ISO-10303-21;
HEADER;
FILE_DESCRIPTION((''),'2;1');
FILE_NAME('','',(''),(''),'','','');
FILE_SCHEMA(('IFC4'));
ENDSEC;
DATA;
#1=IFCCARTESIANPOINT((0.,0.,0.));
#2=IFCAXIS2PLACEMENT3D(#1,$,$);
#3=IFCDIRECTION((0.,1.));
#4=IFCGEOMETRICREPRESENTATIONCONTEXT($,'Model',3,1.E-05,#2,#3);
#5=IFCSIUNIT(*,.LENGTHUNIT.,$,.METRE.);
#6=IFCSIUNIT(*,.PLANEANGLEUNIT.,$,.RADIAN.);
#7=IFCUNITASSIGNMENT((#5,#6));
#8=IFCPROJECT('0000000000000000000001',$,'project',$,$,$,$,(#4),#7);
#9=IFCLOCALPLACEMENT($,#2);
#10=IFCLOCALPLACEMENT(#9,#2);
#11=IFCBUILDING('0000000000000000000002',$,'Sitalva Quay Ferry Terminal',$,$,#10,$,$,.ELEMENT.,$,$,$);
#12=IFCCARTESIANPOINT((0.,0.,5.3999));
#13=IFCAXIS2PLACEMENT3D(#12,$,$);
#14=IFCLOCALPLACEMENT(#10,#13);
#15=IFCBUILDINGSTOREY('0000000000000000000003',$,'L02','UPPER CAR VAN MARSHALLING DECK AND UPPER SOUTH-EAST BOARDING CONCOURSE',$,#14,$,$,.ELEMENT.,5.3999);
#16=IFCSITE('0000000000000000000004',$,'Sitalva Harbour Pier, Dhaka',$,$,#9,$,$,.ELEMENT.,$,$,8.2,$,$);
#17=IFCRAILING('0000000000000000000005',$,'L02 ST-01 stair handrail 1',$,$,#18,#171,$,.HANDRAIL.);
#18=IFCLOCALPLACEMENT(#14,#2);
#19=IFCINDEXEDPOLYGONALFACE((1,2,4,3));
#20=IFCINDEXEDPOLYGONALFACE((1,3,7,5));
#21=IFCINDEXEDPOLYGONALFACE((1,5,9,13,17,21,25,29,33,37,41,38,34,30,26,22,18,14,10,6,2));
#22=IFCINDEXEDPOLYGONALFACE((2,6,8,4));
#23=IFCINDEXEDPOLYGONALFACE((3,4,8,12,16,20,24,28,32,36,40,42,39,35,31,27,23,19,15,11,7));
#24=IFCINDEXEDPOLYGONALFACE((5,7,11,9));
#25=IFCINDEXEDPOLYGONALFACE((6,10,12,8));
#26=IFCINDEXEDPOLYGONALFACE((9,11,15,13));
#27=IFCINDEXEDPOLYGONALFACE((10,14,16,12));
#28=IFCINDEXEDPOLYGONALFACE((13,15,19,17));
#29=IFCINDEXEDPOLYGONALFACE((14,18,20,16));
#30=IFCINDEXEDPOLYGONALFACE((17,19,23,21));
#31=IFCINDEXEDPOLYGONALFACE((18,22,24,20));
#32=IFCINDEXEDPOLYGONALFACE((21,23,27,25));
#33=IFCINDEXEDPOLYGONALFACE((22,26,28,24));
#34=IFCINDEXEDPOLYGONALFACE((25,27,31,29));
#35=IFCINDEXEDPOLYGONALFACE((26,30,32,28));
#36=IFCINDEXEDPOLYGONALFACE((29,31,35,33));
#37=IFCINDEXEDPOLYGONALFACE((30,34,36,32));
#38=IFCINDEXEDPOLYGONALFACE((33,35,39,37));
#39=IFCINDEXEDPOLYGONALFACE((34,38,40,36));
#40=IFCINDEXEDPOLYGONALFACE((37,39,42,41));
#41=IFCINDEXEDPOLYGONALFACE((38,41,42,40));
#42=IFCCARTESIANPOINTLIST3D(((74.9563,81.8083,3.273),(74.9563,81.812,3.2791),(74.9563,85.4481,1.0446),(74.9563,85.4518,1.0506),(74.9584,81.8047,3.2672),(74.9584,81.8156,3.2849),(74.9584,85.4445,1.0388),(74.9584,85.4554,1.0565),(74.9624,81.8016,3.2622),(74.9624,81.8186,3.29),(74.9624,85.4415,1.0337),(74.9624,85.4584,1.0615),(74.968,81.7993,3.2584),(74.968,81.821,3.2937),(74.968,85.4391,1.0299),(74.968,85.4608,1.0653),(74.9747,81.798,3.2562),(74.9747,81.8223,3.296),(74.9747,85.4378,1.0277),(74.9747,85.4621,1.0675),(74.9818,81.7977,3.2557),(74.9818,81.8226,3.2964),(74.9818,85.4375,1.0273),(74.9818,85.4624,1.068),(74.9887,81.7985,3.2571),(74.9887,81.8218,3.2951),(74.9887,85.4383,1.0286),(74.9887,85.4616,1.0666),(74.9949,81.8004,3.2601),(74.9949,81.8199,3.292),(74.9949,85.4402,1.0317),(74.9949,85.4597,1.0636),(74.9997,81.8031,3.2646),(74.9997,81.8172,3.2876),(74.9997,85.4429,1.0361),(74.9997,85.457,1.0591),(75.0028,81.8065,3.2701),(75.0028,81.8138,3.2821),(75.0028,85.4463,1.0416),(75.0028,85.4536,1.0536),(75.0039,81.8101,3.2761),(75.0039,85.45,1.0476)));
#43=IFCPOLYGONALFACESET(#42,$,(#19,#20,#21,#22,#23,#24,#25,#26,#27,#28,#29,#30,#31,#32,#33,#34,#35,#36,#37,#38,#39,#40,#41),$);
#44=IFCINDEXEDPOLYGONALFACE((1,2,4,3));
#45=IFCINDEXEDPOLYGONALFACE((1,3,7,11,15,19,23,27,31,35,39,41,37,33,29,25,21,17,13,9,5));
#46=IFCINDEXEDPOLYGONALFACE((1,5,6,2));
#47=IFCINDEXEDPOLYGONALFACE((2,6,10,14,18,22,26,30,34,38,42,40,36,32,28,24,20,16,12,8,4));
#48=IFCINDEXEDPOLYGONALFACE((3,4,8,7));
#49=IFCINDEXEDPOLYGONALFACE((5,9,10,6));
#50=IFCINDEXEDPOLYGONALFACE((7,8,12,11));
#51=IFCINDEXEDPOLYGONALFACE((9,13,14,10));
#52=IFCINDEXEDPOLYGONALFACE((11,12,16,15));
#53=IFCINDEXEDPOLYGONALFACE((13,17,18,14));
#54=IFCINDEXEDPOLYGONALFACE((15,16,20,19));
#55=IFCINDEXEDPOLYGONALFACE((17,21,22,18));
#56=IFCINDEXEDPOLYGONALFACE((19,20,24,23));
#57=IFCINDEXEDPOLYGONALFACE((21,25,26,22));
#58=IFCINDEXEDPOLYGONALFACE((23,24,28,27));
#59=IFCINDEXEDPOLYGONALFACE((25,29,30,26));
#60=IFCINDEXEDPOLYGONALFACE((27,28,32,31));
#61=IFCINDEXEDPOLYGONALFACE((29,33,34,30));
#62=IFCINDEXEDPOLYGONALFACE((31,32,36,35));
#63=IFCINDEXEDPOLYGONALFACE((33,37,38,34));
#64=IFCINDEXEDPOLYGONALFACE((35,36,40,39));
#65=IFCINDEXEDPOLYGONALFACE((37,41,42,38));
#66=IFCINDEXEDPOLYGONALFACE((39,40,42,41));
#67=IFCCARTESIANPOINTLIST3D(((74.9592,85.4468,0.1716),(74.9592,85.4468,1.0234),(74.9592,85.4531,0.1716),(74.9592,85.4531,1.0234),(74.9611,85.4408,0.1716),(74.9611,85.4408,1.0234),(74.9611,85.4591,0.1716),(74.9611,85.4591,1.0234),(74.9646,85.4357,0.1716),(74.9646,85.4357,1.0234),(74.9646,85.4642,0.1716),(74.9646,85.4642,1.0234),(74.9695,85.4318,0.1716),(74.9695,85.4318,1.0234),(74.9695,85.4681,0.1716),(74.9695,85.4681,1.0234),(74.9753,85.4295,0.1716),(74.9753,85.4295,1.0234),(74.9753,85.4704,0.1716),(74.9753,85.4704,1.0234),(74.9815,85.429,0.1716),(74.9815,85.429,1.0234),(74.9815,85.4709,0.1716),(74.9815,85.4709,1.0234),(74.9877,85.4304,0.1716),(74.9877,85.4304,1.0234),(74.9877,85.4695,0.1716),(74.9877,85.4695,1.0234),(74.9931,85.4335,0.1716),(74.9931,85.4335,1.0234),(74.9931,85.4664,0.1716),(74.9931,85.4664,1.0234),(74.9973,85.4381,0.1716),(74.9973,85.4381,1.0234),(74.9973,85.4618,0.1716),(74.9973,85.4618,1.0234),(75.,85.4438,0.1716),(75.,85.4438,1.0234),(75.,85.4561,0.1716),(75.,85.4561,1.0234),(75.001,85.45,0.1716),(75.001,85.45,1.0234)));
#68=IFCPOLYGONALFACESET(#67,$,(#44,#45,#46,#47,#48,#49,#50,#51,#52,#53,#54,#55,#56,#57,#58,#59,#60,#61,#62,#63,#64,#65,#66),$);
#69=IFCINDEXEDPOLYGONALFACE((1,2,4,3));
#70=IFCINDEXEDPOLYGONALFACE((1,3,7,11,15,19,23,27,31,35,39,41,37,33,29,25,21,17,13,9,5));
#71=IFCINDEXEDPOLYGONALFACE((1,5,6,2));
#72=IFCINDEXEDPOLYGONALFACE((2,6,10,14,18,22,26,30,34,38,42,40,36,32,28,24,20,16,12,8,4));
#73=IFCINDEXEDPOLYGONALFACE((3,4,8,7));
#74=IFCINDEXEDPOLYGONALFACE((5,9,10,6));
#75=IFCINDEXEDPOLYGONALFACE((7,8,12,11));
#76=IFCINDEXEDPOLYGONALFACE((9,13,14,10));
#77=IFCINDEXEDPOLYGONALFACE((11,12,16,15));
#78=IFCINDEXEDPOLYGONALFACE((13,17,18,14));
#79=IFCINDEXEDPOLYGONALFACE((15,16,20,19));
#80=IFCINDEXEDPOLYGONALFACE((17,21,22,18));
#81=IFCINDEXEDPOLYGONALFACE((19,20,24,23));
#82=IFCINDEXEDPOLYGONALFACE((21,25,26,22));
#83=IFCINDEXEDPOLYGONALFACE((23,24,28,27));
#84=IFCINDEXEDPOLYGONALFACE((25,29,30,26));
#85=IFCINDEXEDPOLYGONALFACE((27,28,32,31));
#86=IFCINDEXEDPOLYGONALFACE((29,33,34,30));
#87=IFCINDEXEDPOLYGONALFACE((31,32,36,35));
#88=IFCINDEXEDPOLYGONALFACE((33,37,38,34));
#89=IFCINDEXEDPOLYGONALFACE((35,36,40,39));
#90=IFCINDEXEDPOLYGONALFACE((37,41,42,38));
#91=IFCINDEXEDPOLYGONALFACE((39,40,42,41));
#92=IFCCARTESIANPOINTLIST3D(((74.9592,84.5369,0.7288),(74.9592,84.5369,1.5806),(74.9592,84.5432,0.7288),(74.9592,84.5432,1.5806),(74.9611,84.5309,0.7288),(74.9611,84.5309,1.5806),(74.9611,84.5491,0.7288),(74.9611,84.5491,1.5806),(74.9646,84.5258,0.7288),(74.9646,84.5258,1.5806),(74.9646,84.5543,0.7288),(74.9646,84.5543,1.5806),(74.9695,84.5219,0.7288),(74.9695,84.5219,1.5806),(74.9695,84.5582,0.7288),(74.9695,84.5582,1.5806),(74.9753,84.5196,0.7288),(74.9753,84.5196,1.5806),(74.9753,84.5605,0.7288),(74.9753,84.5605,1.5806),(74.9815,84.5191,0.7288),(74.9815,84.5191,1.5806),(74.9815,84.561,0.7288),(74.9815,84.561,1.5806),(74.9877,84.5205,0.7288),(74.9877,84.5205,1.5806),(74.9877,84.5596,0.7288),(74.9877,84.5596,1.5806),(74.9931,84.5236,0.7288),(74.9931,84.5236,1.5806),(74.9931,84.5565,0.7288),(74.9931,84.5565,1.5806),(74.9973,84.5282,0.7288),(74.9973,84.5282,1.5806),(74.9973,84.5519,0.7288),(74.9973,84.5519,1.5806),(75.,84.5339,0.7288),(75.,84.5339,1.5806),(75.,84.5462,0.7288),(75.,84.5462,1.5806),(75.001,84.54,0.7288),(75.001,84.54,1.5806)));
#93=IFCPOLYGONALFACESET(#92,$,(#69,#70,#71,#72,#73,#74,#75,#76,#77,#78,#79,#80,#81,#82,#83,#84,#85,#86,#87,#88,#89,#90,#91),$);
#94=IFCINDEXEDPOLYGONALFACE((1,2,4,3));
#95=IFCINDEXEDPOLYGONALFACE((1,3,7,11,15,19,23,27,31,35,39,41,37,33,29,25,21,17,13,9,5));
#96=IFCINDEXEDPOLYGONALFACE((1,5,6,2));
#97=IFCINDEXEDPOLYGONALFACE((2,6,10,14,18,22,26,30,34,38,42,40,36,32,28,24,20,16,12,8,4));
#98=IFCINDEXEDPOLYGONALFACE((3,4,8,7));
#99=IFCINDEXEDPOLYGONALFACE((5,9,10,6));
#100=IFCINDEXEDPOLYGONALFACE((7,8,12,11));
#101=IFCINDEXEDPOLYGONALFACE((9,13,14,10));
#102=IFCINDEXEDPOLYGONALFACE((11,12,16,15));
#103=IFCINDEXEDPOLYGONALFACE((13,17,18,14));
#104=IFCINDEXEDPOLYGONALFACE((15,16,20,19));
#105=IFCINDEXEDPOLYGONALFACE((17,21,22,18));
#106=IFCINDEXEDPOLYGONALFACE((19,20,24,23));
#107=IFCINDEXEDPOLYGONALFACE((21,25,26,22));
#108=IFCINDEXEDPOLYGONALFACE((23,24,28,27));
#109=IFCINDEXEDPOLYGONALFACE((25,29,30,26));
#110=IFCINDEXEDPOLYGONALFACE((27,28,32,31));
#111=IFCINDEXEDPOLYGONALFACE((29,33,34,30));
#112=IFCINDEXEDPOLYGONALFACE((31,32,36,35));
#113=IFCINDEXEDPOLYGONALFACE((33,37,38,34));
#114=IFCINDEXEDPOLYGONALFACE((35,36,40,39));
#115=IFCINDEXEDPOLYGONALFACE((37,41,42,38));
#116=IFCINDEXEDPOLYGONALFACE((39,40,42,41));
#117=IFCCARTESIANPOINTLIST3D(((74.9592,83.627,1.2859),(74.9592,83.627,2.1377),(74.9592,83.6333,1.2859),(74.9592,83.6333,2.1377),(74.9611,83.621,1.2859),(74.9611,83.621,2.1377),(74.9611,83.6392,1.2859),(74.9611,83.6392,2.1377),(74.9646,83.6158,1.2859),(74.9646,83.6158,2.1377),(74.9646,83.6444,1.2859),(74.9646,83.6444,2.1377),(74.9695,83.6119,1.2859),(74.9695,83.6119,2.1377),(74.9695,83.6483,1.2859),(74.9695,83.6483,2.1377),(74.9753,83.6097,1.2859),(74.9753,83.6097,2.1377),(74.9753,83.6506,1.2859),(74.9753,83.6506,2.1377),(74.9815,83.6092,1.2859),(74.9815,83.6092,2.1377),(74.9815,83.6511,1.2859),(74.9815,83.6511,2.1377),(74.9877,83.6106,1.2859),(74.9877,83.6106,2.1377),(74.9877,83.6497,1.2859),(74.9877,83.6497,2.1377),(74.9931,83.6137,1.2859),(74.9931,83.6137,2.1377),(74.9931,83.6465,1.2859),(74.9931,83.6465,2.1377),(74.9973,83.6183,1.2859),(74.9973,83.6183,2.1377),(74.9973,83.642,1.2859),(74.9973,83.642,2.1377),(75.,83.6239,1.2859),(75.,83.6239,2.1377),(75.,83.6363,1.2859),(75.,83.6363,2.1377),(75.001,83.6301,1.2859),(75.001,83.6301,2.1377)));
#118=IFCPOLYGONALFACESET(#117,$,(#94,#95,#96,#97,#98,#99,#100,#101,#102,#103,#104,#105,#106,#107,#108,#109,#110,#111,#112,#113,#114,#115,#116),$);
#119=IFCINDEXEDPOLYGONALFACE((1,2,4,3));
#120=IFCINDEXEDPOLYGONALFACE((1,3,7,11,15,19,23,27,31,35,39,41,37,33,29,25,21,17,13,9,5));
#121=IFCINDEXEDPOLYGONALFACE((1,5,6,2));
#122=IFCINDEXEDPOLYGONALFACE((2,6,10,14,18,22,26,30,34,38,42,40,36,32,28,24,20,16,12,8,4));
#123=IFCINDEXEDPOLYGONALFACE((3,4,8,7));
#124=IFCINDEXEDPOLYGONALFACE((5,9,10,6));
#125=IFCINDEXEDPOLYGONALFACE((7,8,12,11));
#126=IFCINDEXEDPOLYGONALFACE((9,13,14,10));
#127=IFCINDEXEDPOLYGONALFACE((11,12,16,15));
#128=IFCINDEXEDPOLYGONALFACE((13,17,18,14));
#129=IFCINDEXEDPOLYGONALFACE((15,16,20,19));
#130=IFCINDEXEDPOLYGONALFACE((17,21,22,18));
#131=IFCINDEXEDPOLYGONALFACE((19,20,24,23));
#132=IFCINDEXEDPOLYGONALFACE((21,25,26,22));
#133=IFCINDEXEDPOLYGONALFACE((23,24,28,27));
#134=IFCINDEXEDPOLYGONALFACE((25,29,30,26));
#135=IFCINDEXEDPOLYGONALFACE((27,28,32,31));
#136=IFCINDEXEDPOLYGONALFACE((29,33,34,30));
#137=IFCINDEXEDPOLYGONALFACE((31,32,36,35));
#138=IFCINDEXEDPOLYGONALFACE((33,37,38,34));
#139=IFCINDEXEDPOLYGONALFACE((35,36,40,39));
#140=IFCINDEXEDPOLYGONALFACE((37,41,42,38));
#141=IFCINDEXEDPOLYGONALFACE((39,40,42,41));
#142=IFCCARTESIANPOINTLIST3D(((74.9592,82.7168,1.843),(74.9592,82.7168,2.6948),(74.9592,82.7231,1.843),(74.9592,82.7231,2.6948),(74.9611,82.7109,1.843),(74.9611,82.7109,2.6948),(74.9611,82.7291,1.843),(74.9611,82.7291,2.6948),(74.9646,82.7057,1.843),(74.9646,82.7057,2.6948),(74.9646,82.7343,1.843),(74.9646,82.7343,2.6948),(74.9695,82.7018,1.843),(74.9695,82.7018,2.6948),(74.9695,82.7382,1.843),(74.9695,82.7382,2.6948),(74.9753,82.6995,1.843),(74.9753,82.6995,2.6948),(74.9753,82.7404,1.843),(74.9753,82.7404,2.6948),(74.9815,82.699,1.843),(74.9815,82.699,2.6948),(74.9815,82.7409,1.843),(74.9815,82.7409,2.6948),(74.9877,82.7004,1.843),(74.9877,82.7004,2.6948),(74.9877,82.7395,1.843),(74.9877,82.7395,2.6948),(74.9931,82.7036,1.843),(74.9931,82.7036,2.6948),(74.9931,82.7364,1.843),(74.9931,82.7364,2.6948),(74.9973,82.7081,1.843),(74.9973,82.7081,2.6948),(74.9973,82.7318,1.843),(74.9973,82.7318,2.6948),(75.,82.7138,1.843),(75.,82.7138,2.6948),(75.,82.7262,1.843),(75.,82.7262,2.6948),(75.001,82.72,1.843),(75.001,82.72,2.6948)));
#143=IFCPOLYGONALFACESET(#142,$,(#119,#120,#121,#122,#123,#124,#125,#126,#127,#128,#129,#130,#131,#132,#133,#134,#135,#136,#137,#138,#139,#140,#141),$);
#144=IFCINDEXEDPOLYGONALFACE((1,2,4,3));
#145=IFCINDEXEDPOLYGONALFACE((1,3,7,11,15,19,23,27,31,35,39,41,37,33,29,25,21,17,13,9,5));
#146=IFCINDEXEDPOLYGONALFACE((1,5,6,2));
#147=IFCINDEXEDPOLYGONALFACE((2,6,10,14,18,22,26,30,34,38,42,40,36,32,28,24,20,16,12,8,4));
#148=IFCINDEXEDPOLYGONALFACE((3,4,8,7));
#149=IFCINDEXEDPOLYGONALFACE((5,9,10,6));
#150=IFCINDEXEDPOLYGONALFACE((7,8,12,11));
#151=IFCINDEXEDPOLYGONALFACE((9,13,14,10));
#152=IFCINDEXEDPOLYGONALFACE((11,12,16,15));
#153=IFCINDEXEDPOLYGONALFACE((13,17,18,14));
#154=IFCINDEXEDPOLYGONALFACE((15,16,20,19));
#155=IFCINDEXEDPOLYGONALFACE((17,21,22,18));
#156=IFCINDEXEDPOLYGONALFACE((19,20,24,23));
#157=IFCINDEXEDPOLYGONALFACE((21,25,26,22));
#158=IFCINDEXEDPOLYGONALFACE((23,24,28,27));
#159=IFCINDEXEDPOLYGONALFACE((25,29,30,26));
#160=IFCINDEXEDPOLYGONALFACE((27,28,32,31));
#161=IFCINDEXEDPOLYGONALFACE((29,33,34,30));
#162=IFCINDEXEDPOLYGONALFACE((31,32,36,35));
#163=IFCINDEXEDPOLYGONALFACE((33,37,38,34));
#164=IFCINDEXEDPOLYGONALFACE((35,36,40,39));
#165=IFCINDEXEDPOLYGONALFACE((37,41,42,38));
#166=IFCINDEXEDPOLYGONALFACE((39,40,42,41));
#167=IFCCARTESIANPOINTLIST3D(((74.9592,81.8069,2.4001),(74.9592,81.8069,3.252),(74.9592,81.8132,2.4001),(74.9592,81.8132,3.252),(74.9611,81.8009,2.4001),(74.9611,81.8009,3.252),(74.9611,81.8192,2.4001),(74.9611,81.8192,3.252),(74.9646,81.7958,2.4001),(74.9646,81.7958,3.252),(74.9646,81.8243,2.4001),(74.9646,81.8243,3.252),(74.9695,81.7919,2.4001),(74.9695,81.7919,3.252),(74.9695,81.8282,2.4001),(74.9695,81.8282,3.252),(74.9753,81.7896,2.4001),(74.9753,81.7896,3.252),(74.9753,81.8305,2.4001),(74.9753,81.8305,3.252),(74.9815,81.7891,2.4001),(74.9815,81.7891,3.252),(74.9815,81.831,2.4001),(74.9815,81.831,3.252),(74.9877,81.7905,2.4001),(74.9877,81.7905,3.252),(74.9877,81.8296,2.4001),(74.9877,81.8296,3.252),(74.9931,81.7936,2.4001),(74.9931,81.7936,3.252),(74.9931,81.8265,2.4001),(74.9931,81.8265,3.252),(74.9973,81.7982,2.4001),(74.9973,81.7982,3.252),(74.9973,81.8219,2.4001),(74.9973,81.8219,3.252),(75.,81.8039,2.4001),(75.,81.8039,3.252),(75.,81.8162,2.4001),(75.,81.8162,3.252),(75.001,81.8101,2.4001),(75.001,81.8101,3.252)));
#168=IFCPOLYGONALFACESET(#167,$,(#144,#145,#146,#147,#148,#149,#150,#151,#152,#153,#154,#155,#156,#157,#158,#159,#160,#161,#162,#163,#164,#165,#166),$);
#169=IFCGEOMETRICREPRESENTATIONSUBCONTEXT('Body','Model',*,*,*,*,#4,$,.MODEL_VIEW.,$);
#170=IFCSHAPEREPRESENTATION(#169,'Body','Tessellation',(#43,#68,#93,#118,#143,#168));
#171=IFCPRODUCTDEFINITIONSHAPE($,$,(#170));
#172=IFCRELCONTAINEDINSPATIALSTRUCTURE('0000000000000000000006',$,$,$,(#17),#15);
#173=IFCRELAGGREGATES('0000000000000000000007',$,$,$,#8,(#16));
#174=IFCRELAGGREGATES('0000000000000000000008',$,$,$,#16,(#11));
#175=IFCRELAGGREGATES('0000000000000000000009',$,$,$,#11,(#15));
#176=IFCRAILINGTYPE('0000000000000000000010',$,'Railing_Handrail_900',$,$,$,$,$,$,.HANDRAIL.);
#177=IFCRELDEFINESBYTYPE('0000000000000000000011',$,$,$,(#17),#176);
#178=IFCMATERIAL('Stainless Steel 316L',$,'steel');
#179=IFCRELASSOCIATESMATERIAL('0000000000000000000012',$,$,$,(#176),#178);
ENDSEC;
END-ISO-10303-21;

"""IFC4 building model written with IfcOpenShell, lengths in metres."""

from ifc_helpers import new_model, si_unit, direction, frame, origin, origin_2d, place, context, subcontext, project, spatial, circle, extrude, material, type_object, element, save


model = new_model("IFC4")

# Units and contexts
model_context = context("Model", 3, precision=1e-05, world=origin(), true_north=direction((0.0, 1.0)))
body_context = subcontext(model_context, "Body", "Model", "MODEL_VIEW")
ifc_project = project(units=[si_unit("LENGTHUNIT", "METRE"), si_unit("PLANEANGLEUNIT", "RADIAN")], contexts=[model_context])

# Site, building, storey
site_placement = place(None, origin())
site = spatial("IfcSite", under=ifc_project, at=site_placement, Name="Sitalva Harbour Pier, Dhaka", CompositionType="ELEMENT", RefElevation=8.2)
building_placement = place(site_placement, origin())
building = spatial("IfcBuilding", under=site, at=building_placement, Name="Sitalva Quay Ferry Terminal", CompositionType="ELEMENT")
storey_placement = place(building_placement, frame((0.0, 0.0, 5.3999)))
storey = spatial("IfcBuildingStorey", under=building, at=storey_placement, Name="L02", Description="UPPER CAR VAN MARSHALLING DECK AND UPPER SOUTH-EAST BOARDING CONCOURSE", CompositionType="ELEMENT", Elevation=5.3999)

# Railing
ifc_material_1 = material(Name="Stainless Steel 316L", Category="steel")
railing_type_1 = type_object("IfcRailingType", Name="Railing_Handrail_900", PredefinedType="HANDRAIL", material=ifc_material_1)
railing_1_placement = place(storey_placement, frame((74.98, 85.45, 0.1716)))
element("IfcRailing", 1, at=railing_1_placement, inside=storey, type_object=railing_type_1, Name="L02 ST-01 stair handrail 1", PredefinedType="HANDRAIL", context=body_context, shape_type="SweptSolid", body=[
    extrude(circle(Radius=0.0239, at=origin_2d()), frame((0.0, 0.0, 0.876), z_axis=(0.0, -0.85285, 0.522156), x_axis=(1.0, 0.0, 0.0)), (0.0, 0.0, 1.0), 4.2678),
    extrude(circle(Radius=0.021, at=origin_2d()), origin(), (0.0, 0.0, 1.0), 0.8518),
    extrude(circle(Radius=0.021, at=origin_2d()), frame((0.0, -0.9099, 0.5571)), (0.0, 0.0, 1.0), 0.8518),
    extrude(circle(Radius=0.021, at=origin_2d()), frame((0.0, -1.8198, 1.1143)), (0.0, 0.0, 1.0), 0.8518),
    extrude(circle(Radius=0.021, at=origin_2d()), frame((0.0, -2.73, 1.6714)), (0.0, 0.0, 1.0), 0.8518),
    extrude(circle(Radius=0.021, at=origin_2d()), frame((0.0, -3.6399, 2.2285)), (0.0, 0.0, 1.0), 0.8518),
])

save(model, "model.ifc")
